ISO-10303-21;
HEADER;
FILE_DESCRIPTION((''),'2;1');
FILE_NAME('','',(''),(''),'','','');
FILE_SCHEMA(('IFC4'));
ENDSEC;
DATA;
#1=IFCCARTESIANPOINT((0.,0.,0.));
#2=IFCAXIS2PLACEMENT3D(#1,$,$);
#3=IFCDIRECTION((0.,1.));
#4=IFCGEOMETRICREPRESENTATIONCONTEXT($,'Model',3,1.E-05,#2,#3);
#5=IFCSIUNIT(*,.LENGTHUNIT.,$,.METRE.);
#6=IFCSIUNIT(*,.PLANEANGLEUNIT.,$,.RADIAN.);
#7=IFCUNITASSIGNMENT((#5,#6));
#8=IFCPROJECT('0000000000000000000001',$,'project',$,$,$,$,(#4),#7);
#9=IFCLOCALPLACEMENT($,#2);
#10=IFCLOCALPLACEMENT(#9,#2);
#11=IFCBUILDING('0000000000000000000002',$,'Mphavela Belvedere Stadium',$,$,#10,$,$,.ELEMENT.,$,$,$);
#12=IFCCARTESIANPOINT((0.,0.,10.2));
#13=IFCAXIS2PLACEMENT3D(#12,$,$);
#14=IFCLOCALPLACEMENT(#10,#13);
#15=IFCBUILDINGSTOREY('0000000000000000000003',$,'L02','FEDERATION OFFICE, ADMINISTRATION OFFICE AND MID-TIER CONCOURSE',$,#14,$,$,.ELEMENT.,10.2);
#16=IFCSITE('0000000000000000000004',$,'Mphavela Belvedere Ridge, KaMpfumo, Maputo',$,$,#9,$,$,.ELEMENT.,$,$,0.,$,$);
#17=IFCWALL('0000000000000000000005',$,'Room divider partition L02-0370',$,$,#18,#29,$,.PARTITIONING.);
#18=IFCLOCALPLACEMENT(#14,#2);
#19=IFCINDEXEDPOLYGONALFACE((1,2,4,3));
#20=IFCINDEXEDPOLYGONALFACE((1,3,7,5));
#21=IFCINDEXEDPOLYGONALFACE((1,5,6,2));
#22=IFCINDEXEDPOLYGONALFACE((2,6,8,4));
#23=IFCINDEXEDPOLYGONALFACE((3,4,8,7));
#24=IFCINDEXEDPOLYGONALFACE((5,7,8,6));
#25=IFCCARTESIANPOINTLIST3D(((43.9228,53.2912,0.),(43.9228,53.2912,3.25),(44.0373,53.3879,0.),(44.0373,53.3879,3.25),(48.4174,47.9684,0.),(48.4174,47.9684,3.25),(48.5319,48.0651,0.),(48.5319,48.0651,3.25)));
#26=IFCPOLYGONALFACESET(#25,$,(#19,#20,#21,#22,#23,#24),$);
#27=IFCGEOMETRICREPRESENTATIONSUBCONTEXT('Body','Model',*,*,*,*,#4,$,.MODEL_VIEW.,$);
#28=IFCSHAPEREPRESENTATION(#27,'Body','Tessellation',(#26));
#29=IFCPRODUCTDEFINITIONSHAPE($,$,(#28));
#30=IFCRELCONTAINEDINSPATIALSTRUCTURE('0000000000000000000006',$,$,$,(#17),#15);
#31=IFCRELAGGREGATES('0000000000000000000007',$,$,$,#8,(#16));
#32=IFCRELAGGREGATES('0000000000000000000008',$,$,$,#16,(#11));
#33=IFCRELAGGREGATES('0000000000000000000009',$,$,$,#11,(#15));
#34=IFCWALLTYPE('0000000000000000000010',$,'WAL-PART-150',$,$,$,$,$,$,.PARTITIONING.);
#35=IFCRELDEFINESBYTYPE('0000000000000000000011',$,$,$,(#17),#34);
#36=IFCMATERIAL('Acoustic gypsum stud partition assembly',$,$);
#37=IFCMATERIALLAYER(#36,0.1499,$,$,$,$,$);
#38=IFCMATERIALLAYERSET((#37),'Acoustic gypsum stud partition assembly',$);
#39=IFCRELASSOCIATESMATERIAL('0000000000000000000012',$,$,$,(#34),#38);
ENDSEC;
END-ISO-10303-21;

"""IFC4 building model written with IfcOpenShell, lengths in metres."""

from ifc_helpers import new_model, si_unit, direction, frame, frame_2d, origin, place, context, subcontext, project, spatial, rectangle, extrude, material, layer, layer_set, type_object, element, save


model = new_model("IFC4")

# Units and contexts
model_context = context("Model", 3, precision=1e-05, world=origin(), true_north=direction((0.0, 1.0)))
body_context = subcontext(model_context, "Body", "Model", "MODEL_VIEW")
ifc_project = project(units=[si_unit("LENGTHUNIT", "METRE"), si_unit("PLANEANGLEUNIT", "RADIAN")], contexts=[model_context])

# Site, building, storey
site_placement = place(None, origin())
site = spatial("IfcSite", under=ifc_project, at=site_placement, Name="Mphavela Belvedere Ridge, KaMpfumo, Maputo", CompositionType="ELEMENT", RefElevation=0.0)
building_placement = place(site_placement, origin())
building = spatial("IfcBuilding", under=site, at=building_placement, Name="Mphavela Belvedere Stadium", CompositionType="ELEMENT")
storey_placement = place(building_placement, frame((0.0, 0.0, 10.2)))
storey = spatial("IfcBuildingStorey", under=building, at=storey_placement, Name="L02", Description="FEDERATION OFFICE, ADMINISTRATION OFFICE AND MID-TIER CONCOURSE", CompositionType="ELEMENT", Elevation=10.2)

# Wall
ifc_material_1 = material(Name="Acoustic gypsum stud partition assembly")
ifc_layer = layer(ifc_material_1, 0.1499)
ifc_layer_set = layer_set([ifc_layer], Name="Acoustic gypsum stud partition assembly")
wall_type = type_object("IfcWallType", Name="WAL-PART-150", PredefinedType="PARTITIONING", material=ifc_layer_set)
wall_1_placement = place(storey_placement, frame((43.98, 53.3396, 0.0), z_axis=(0.0, 0.0, 1.0), x_axis=(0.645169, -0.76404, 0.0)))
element("IfcWall", 1, at=wall_1_placement, inside=storey, type_object=wall_type, Name="Room divider partition L02-0370", PredefinedType="PARTITIONING", context=body_context, shape_type="SweptSolid", body=[
    extrude(rectangle(XDim=6.9666, YDim=0.1499, at=frame_2d((3.4834, 0.0))), origin(), (0.0, 0.0, 1.0), 3.25),
])

save(model, "model.ifc")
